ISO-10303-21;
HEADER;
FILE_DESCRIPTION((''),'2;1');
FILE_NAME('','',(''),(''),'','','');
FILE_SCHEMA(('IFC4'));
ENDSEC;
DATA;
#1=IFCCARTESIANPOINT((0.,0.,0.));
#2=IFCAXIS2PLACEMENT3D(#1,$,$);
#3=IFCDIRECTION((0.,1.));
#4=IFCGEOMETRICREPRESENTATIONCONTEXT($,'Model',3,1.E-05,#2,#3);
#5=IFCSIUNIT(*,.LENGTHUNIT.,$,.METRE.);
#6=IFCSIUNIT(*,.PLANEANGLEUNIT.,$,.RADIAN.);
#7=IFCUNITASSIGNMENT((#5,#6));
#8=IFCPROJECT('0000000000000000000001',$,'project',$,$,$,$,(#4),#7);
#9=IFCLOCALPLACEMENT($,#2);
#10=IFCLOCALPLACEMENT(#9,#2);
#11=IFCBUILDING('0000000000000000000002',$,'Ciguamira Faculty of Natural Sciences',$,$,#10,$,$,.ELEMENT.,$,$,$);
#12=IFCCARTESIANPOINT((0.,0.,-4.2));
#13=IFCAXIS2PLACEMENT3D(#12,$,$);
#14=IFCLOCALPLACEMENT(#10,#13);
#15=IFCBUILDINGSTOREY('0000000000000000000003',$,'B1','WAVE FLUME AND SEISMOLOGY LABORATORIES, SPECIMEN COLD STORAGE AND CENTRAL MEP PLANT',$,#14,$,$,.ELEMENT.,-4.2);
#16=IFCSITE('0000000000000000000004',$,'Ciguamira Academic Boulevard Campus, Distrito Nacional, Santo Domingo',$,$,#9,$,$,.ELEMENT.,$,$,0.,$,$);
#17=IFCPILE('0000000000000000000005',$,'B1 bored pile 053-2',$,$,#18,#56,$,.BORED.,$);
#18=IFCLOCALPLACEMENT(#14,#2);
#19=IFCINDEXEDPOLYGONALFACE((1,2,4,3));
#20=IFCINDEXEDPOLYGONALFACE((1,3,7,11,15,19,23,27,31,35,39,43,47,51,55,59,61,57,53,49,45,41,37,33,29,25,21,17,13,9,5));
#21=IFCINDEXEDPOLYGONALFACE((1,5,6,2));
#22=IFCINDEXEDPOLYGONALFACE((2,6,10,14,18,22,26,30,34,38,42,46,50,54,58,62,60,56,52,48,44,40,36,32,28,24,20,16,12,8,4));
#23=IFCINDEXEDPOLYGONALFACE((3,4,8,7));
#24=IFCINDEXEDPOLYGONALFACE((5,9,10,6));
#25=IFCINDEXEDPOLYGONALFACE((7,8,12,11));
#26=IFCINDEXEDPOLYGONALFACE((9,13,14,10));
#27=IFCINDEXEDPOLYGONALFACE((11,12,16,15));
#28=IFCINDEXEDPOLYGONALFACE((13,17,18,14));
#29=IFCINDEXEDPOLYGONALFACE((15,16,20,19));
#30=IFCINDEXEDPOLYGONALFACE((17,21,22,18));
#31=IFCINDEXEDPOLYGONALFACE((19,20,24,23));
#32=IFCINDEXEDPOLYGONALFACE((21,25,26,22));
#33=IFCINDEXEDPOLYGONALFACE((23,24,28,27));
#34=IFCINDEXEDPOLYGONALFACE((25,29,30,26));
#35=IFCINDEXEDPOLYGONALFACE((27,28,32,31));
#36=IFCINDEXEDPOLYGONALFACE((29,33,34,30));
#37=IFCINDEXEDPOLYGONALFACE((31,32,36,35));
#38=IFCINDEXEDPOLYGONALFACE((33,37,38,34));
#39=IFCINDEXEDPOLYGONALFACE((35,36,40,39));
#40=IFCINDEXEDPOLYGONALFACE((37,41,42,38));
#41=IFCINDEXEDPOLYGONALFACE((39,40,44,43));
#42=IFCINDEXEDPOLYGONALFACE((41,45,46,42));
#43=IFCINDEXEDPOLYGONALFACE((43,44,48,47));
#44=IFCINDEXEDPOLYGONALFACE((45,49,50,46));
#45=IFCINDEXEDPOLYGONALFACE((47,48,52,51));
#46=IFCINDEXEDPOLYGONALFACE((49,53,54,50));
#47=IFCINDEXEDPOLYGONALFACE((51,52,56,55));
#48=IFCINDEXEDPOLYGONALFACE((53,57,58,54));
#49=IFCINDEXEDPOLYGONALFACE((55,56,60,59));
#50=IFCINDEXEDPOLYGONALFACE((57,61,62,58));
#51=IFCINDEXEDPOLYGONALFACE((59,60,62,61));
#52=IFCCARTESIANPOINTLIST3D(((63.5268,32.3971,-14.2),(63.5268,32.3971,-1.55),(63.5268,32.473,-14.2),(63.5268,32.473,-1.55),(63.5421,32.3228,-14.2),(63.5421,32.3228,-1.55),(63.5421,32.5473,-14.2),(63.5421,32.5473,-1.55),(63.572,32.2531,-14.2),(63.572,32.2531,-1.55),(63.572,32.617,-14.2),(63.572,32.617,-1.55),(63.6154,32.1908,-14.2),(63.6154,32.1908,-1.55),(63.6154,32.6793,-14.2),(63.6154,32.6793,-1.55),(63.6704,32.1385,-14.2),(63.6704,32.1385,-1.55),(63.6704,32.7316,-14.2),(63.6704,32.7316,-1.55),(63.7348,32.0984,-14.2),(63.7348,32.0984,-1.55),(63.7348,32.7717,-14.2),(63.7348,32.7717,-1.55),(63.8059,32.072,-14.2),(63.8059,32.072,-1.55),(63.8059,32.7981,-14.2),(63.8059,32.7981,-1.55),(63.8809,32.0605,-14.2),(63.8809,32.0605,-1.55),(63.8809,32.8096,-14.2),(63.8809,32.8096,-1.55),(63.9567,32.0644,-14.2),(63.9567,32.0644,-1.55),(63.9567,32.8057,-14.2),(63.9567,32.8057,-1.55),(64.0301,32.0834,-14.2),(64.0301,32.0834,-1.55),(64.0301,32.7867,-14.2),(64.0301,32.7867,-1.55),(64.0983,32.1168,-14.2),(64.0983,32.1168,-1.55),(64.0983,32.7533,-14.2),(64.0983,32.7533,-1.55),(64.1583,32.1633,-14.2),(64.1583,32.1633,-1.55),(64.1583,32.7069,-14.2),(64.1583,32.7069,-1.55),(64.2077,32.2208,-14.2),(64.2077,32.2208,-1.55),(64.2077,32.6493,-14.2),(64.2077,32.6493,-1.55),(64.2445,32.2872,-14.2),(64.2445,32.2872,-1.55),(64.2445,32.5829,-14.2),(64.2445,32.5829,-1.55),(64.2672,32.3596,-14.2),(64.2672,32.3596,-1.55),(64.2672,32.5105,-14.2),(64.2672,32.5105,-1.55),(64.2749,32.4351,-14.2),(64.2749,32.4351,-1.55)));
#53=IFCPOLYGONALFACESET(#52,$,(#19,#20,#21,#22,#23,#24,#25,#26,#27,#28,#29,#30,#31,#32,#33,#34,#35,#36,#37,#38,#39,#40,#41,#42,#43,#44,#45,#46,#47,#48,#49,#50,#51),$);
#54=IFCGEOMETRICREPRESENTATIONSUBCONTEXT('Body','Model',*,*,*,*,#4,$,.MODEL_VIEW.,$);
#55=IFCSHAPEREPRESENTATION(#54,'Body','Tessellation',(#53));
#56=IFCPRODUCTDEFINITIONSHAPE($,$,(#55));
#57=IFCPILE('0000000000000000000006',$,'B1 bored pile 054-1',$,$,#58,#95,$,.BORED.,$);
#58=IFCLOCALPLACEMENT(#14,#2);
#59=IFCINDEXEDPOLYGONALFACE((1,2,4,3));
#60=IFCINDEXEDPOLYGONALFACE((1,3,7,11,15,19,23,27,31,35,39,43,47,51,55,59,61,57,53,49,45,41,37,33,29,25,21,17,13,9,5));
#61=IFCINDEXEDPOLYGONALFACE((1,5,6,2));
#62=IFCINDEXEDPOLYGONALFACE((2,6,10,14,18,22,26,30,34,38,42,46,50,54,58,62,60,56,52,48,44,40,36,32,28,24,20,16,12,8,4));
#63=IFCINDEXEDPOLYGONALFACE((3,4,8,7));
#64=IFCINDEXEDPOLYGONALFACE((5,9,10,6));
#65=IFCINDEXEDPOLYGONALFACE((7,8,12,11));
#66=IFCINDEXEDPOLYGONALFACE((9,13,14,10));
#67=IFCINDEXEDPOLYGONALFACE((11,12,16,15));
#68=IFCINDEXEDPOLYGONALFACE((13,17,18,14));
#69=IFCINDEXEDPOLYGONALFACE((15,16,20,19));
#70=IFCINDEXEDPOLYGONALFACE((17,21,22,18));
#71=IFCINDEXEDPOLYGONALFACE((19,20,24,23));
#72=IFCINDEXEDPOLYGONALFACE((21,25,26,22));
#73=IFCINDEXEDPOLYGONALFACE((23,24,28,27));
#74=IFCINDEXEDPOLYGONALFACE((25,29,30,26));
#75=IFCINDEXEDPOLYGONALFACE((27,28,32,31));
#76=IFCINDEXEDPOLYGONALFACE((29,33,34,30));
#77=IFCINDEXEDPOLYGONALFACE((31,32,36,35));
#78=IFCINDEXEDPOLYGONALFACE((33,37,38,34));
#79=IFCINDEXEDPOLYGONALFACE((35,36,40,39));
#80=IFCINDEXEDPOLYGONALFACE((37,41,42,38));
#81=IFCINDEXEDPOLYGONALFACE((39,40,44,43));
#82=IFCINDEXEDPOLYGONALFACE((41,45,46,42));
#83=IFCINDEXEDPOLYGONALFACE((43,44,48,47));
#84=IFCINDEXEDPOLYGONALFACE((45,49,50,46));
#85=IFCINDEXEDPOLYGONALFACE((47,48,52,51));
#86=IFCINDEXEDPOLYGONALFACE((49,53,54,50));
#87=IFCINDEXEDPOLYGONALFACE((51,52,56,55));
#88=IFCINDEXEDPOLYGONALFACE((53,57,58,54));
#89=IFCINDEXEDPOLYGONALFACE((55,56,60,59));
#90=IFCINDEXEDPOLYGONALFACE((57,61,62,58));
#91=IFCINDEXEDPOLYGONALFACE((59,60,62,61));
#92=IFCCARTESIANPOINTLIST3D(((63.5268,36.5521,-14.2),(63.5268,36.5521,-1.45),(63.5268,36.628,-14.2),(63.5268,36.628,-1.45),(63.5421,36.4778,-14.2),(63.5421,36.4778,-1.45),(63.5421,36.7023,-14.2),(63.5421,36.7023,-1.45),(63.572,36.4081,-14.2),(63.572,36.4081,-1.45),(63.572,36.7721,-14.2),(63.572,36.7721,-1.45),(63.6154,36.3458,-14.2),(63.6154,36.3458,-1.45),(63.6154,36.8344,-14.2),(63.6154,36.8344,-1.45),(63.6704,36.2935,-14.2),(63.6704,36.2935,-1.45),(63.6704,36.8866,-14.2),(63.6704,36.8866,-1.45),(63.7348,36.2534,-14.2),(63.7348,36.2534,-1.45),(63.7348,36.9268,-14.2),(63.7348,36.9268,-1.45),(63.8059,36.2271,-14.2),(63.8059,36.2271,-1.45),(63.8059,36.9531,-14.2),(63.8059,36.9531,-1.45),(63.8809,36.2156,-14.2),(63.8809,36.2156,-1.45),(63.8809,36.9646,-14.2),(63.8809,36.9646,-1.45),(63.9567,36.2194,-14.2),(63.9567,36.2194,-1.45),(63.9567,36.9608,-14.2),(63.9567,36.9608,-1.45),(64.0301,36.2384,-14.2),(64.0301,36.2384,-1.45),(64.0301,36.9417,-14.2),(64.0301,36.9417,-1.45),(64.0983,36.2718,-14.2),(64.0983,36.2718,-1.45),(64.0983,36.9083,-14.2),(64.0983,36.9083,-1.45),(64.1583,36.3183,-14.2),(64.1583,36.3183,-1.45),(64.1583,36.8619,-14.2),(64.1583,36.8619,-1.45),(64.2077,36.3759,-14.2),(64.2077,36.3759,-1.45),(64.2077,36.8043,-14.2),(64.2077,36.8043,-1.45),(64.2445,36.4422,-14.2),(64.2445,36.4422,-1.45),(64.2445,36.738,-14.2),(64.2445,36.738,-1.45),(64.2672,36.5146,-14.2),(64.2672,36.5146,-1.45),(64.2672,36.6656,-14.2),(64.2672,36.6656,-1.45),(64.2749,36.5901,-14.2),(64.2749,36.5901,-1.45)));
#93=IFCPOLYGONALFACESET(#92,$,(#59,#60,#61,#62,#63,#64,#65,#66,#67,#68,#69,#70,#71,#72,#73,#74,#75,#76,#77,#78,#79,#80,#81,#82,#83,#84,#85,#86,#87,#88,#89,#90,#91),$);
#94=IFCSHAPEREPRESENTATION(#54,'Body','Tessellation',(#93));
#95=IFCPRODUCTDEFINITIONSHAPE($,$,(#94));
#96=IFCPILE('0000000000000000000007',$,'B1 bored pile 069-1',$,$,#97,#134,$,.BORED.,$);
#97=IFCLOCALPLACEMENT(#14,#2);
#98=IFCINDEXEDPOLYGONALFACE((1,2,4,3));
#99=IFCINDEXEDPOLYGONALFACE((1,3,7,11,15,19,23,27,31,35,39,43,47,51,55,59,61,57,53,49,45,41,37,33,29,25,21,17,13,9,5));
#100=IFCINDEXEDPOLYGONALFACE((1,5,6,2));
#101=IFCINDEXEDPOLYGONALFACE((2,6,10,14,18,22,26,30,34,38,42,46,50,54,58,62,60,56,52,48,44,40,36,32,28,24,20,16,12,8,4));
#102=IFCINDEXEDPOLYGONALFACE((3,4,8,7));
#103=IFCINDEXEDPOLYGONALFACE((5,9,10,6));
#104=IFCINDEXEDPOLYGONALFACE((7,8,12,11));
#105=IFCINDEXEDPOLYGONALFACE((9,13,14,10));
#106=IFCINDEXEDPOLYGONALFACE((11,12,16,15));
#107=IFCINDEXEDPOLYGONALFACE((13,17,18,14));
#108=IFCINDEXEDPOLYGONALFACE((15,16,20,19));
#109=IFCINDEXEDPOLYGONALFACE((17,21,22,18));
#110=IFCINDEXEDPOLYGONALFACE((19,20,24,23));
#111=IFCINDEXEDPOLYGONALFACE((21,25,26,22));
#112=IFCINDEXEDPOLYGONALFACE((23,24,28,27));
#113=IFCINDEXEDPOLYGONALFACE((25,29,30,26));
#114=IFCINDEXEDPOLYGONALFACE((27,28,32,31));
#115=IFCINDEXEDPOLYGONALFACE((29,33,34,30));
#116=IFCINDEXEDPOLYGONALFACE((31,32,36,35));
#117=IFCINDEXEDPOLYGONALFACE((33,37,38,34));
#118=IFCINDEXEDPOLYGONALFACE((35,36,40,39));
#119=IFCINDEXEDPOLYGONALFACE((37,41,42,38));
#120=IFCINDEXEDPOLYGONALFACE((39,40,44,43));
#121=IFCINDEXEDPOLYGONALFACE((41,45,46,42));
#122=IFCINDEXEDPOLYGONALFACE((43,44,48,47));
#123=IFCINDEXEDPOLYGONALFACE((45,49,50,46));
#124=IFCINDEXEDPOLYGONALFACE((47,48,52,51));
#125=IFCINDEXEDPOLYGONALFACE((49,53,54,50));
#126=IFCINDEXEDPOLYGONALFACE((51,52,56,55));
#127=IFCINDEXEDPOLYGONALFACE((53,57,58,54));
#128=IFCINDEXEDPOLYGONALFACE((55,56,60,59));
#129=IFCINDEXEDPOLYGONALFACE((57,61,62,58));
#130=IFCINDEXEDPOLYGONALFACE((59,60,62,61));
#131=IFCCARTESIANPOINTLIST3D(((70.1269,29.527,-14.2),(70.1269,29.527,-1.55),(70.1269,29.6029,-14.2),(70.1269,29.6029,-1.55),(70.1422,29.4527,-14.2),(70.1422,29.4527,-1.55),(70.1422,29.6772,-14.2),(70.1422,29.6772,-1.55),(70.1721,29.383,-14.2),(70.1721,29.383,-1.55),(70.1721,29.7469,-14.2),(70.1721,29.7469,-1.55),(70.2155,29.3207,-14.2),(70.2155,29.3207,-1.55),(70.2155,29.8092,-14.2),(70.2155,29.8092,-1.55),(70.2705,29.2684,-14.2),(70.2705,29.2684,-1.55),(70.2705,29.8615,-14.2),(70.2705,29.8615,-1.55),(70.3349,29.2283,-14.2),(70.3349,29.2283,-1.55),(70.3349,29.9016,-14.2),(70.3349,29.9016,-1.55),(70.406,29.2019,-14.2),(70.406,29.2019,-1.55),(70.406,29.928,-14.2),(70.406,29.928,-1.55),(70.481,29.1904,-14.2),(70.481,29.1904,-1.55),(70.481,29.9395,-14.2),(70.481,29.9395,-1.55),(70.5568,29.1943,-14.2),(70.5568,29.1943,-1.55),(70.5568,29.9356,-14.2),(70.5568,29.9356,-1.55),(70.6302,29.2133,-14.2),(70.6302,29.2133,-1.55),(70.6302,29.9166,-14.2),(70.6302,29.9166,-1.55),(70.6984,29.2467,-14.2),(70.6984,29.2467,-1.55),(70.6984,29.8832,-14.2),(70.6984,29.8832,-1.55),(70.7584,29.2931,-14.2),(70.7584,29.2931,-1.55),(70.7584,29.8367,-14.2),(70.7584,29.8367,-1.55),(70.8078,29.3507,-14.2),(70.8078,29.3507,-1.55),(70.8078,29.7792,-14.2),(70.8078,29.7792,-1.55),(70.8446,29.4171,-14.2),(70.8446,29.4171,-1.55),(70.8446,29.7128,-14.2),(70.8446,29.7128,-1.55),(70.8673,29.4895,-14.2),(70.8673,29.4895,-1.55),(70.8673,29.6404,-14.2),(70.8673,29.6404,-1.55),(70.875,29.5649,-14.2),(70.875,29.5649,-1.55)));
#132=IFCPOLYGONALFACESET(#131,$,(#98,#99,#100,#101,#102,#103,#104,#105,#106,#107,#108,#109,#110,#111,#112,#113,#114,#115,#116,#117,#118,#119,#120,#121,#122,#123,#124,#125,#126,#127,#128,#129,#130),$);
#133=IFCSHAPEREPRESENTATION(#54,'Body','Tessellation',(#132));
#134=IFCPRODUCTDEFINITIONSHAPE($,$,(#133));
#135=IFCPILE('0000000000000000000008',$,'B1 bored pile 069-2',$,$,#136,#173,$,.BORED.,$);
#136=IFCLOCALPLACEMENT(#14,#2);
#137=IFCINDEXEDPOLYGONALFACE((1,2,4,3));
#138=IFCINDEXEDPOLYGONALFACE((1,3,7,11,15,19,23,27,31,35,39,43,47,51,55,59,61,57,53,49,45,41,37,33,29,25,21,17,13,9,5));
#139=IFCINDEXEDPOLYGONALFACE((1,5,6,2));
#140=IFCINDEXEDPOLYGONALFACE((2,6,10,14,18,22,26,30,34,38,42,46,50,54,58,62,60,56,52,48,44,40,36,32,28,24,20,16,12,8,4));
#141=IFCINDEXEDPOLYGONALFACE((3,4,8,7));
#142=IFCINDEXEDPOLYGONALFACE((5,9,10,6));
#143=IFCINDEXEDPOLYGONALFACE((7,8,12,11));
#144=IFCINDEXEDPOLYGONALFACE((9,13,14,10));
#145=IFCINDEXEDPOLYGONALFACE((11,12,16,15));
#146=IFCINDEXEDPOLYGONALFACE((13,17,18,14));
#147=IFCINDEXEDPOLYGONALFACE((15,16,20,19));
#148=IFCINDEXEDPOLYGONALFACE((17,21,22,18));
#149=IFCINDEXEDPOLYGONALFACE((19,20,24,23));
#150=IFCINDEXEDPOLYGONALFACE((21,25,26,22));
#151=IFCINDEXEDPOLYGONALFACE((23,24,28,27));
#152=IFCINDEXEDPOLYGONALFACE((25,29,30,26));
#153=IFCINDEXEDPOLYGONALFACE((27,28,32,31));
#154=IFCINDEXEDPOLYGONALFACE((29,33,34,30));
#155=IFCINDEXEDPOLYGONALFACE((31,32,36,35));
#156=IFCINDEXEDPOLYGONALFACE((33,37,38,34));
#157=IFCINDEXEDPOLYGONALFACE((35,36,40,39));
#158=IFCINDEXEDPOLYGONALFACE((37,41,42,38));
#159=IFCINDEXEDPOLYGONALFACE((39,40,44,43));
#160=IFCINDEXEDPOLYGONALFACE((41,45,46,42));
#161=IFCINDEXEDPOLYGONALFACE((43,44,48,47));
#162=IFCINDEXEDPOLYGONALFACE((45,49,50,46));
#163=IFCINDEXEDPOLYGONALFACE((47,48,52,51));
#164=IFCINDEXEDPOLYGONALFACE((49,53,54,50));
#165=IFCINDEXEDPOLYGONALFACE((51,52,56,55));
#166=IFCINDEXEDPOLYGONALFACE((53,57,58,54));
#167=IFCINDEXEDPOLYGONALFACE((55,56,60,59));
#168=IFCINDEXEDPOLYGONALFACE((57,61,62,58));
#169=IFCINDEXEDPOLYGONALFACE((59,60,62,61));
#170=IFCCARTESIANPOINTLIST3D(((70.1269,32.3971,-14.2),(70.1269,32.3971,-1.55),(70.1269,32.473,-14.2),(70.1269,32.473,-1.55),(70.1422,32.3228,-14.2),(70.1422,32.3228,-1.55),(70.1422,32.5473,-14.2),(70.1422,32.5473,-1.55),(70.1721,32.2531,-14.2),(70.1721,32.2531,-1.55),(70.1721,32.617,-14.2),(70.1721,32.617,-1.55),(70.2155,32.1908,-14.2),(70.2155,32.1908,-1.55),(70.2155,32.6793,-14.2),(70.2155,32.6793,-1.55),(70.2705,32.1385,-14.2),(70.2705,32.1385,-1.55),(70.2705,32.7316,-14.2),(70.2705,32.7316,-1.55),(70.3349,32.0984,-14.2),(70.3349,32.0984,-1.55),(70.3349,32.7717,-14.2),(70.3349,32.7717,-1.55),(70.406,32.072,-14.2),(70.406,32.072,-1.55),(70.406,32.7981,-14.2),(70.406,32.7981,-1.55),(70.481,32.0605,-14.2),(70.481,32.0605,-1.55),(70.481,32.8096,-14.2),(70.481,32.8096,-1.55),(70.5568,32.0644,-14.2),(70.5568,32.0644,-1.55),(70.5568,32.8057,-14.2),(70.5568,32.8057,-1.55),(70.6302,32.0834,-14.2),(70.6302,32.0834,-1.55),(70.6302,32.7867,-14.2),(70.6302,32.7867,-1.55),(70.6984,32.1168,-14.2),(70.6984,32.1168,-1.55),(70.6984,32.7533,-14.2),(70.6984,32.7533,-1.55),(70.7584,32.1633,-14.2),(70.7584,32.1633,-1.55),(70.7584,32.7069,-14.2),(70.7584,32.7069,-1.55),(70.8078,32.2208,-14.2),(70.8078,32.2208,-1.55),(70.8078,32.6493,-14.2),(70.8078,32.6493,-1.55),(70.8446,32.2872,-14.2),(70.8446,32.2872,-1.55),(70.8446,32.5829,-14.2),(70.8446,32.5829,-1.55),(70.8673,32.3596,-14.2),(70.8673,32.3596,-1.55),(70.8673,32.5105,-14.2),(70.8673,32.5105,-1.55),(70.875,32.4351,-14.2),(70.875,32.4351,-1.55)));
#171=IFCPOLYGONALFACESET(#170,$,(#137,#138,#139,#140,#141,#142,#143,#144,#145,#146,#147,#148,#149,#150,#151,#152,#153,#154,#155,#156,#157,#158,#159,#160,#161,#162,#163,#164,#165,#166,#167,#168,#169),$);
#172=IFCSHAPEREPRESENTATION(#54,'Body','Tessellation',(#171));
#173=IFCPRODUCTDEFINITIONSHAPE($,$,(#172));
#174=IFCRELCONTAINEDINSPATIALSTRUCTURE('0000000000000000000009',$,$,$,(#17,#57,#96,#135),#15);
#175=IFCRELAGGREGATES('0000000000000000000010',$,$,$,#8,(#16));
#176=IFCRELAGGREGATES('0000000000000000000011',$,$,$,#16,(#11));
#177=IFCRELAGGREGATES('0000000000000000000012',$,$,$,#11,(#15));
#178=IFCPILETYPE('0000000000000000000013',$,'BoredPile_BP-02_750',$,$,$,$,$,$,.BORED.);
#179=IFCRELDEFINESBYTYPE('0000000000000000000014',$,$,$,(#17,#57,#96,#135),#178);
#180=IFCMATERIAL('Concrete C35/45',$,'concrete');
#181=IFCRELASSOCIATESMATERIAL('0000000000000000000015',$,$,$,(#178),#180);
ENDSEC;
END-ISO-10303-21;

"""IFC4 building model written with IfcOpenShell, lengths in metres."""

from ifc_helpers import new_model, si_unit, direction, frame, origin, origin_2d, place, context, subcontext, project, spatial, circle, extrude, material, material_profile, profile_set, type_object, element, save


model = new_model("IFC4")

# Units and contexts
model_context = context("Model", 3, precision=1e-05, world=origin(), true_north=direction((0.0, 1.0)))
body_context = subcontext(model_context, "Body", "Model", "MODEL_VIEW")
ifc_project = project(units=[si_unit("LENGTHUNIT", "METRE"), si_unit("PLANEANGLEUNIT", "RADIAN")], contexts=[model_context])

# Site, building, storey
site_placement = place(None, origin())
site = spatial("IfcSite", under=ifc_project, at=site_placement, Name="Ciguamira Academic Boulevard Campus, Distrito Nacional, Santo Domingo", CompositionType="ELEMENT", RefElevation=0.0)
building_placement = place(site_placement, origin())
building = spatial("IfcBuilding", under=site, at=building_placement, Name="Ciguamira Faculty of Natural Sciences", CompositionType="ELEMENT")
storey_placement = place(building_placement, frame((0.0, 0.0, -4.2)))
storey = spatial("IfcBuildingStorey", under=building, at=storey_placement, Name="B1", Description="WAVE FLUME AND SEISMOLOGY LABORATORIES, SPECIMEN COLD STORAGE AND CENTRAL MEP PLANT", CompositionType="ELEMENT", Elevation=-4.2)

# Piles
ifc_material_1 = material(Name="Concrete C35/45", Category="concrete")
ifc_material_profile_1 = material_profile(ifc_material_1, circle(Radius=0.375, at=origin_2d()), Name="PILE-BORED-750")
ifc_profile_set_1 = profile_set([ifc_material_profile_1], Name="Concrete C35/45")
pile_type = type_object("IfcPileType", Name="BoredPile_BP-02_750", PredefinedType="BORED", material=ifc_profile_set_1)
pile_1_placement = place(storey_placement, frame((63.8999, 32.4351, -1.55), z_axis=(0.0, 0.0, -1.0), x_axis=(1.0, 0.0, 0.0)))
element("IfcPile", 1, at=pile_1_placement, inside=storey, type_object=pile_type, Name="B1 bored pile 053-2", PredefinedType="BORED", context=body_context, shape_type="SweptSolid", body=[
    extrude(circle(Radius=0.375, at=origin_2d()), origin(), (0.0, 0.0, 1.0), 12.6499),
])
pile_2_placement = place(storey_placement, frame((63.8999, 36.5901, -1.45), z_axis=(0.0, 0.0, -1.0), x_axis=(1.0, 0.0, 0.0)))
element("IfcPile", 2, at=pile_2_placement, inside=storey, type_object=pile_type, Name="B1 bored pile 054-1", PredefinedType="BORED", context=body_context, shape_type="SweptSolid", body=[
    extrude(circle(Radius=0.375, at=origin_2d()), origin(), (0.0, 0.0, 1.0), 12.75),
])
for number, where, z_axis, x_axis, name in (
    (3, (70.5, 29.5649, -1.55), (0.0, 0.0, -1.0), (1.0, 0.0, 0.0), "B1 bored pile 069-1"),
    (4, (70.5, 32.4351, -1.55), (0.0, 0.0, -1.0), (1.0, 0.0, 0.0), "B1 bored pile 069-2"),
):
    element("IfcPile", number, at=place(storey_placement, frame(where, z_axis=z_axis, x_axis=x_axis)), inside=storey, type_object=pile_type, Name=name, PredefinedType="BORED", context=body_context, shape_type="SweptSolid", body=[
        extrude(circle(Radius=0.375, at=origin_2d()), origin(), (0.0, 0.0, 1.0), 12.6499),
    ])

save(model, "model.ifc")
